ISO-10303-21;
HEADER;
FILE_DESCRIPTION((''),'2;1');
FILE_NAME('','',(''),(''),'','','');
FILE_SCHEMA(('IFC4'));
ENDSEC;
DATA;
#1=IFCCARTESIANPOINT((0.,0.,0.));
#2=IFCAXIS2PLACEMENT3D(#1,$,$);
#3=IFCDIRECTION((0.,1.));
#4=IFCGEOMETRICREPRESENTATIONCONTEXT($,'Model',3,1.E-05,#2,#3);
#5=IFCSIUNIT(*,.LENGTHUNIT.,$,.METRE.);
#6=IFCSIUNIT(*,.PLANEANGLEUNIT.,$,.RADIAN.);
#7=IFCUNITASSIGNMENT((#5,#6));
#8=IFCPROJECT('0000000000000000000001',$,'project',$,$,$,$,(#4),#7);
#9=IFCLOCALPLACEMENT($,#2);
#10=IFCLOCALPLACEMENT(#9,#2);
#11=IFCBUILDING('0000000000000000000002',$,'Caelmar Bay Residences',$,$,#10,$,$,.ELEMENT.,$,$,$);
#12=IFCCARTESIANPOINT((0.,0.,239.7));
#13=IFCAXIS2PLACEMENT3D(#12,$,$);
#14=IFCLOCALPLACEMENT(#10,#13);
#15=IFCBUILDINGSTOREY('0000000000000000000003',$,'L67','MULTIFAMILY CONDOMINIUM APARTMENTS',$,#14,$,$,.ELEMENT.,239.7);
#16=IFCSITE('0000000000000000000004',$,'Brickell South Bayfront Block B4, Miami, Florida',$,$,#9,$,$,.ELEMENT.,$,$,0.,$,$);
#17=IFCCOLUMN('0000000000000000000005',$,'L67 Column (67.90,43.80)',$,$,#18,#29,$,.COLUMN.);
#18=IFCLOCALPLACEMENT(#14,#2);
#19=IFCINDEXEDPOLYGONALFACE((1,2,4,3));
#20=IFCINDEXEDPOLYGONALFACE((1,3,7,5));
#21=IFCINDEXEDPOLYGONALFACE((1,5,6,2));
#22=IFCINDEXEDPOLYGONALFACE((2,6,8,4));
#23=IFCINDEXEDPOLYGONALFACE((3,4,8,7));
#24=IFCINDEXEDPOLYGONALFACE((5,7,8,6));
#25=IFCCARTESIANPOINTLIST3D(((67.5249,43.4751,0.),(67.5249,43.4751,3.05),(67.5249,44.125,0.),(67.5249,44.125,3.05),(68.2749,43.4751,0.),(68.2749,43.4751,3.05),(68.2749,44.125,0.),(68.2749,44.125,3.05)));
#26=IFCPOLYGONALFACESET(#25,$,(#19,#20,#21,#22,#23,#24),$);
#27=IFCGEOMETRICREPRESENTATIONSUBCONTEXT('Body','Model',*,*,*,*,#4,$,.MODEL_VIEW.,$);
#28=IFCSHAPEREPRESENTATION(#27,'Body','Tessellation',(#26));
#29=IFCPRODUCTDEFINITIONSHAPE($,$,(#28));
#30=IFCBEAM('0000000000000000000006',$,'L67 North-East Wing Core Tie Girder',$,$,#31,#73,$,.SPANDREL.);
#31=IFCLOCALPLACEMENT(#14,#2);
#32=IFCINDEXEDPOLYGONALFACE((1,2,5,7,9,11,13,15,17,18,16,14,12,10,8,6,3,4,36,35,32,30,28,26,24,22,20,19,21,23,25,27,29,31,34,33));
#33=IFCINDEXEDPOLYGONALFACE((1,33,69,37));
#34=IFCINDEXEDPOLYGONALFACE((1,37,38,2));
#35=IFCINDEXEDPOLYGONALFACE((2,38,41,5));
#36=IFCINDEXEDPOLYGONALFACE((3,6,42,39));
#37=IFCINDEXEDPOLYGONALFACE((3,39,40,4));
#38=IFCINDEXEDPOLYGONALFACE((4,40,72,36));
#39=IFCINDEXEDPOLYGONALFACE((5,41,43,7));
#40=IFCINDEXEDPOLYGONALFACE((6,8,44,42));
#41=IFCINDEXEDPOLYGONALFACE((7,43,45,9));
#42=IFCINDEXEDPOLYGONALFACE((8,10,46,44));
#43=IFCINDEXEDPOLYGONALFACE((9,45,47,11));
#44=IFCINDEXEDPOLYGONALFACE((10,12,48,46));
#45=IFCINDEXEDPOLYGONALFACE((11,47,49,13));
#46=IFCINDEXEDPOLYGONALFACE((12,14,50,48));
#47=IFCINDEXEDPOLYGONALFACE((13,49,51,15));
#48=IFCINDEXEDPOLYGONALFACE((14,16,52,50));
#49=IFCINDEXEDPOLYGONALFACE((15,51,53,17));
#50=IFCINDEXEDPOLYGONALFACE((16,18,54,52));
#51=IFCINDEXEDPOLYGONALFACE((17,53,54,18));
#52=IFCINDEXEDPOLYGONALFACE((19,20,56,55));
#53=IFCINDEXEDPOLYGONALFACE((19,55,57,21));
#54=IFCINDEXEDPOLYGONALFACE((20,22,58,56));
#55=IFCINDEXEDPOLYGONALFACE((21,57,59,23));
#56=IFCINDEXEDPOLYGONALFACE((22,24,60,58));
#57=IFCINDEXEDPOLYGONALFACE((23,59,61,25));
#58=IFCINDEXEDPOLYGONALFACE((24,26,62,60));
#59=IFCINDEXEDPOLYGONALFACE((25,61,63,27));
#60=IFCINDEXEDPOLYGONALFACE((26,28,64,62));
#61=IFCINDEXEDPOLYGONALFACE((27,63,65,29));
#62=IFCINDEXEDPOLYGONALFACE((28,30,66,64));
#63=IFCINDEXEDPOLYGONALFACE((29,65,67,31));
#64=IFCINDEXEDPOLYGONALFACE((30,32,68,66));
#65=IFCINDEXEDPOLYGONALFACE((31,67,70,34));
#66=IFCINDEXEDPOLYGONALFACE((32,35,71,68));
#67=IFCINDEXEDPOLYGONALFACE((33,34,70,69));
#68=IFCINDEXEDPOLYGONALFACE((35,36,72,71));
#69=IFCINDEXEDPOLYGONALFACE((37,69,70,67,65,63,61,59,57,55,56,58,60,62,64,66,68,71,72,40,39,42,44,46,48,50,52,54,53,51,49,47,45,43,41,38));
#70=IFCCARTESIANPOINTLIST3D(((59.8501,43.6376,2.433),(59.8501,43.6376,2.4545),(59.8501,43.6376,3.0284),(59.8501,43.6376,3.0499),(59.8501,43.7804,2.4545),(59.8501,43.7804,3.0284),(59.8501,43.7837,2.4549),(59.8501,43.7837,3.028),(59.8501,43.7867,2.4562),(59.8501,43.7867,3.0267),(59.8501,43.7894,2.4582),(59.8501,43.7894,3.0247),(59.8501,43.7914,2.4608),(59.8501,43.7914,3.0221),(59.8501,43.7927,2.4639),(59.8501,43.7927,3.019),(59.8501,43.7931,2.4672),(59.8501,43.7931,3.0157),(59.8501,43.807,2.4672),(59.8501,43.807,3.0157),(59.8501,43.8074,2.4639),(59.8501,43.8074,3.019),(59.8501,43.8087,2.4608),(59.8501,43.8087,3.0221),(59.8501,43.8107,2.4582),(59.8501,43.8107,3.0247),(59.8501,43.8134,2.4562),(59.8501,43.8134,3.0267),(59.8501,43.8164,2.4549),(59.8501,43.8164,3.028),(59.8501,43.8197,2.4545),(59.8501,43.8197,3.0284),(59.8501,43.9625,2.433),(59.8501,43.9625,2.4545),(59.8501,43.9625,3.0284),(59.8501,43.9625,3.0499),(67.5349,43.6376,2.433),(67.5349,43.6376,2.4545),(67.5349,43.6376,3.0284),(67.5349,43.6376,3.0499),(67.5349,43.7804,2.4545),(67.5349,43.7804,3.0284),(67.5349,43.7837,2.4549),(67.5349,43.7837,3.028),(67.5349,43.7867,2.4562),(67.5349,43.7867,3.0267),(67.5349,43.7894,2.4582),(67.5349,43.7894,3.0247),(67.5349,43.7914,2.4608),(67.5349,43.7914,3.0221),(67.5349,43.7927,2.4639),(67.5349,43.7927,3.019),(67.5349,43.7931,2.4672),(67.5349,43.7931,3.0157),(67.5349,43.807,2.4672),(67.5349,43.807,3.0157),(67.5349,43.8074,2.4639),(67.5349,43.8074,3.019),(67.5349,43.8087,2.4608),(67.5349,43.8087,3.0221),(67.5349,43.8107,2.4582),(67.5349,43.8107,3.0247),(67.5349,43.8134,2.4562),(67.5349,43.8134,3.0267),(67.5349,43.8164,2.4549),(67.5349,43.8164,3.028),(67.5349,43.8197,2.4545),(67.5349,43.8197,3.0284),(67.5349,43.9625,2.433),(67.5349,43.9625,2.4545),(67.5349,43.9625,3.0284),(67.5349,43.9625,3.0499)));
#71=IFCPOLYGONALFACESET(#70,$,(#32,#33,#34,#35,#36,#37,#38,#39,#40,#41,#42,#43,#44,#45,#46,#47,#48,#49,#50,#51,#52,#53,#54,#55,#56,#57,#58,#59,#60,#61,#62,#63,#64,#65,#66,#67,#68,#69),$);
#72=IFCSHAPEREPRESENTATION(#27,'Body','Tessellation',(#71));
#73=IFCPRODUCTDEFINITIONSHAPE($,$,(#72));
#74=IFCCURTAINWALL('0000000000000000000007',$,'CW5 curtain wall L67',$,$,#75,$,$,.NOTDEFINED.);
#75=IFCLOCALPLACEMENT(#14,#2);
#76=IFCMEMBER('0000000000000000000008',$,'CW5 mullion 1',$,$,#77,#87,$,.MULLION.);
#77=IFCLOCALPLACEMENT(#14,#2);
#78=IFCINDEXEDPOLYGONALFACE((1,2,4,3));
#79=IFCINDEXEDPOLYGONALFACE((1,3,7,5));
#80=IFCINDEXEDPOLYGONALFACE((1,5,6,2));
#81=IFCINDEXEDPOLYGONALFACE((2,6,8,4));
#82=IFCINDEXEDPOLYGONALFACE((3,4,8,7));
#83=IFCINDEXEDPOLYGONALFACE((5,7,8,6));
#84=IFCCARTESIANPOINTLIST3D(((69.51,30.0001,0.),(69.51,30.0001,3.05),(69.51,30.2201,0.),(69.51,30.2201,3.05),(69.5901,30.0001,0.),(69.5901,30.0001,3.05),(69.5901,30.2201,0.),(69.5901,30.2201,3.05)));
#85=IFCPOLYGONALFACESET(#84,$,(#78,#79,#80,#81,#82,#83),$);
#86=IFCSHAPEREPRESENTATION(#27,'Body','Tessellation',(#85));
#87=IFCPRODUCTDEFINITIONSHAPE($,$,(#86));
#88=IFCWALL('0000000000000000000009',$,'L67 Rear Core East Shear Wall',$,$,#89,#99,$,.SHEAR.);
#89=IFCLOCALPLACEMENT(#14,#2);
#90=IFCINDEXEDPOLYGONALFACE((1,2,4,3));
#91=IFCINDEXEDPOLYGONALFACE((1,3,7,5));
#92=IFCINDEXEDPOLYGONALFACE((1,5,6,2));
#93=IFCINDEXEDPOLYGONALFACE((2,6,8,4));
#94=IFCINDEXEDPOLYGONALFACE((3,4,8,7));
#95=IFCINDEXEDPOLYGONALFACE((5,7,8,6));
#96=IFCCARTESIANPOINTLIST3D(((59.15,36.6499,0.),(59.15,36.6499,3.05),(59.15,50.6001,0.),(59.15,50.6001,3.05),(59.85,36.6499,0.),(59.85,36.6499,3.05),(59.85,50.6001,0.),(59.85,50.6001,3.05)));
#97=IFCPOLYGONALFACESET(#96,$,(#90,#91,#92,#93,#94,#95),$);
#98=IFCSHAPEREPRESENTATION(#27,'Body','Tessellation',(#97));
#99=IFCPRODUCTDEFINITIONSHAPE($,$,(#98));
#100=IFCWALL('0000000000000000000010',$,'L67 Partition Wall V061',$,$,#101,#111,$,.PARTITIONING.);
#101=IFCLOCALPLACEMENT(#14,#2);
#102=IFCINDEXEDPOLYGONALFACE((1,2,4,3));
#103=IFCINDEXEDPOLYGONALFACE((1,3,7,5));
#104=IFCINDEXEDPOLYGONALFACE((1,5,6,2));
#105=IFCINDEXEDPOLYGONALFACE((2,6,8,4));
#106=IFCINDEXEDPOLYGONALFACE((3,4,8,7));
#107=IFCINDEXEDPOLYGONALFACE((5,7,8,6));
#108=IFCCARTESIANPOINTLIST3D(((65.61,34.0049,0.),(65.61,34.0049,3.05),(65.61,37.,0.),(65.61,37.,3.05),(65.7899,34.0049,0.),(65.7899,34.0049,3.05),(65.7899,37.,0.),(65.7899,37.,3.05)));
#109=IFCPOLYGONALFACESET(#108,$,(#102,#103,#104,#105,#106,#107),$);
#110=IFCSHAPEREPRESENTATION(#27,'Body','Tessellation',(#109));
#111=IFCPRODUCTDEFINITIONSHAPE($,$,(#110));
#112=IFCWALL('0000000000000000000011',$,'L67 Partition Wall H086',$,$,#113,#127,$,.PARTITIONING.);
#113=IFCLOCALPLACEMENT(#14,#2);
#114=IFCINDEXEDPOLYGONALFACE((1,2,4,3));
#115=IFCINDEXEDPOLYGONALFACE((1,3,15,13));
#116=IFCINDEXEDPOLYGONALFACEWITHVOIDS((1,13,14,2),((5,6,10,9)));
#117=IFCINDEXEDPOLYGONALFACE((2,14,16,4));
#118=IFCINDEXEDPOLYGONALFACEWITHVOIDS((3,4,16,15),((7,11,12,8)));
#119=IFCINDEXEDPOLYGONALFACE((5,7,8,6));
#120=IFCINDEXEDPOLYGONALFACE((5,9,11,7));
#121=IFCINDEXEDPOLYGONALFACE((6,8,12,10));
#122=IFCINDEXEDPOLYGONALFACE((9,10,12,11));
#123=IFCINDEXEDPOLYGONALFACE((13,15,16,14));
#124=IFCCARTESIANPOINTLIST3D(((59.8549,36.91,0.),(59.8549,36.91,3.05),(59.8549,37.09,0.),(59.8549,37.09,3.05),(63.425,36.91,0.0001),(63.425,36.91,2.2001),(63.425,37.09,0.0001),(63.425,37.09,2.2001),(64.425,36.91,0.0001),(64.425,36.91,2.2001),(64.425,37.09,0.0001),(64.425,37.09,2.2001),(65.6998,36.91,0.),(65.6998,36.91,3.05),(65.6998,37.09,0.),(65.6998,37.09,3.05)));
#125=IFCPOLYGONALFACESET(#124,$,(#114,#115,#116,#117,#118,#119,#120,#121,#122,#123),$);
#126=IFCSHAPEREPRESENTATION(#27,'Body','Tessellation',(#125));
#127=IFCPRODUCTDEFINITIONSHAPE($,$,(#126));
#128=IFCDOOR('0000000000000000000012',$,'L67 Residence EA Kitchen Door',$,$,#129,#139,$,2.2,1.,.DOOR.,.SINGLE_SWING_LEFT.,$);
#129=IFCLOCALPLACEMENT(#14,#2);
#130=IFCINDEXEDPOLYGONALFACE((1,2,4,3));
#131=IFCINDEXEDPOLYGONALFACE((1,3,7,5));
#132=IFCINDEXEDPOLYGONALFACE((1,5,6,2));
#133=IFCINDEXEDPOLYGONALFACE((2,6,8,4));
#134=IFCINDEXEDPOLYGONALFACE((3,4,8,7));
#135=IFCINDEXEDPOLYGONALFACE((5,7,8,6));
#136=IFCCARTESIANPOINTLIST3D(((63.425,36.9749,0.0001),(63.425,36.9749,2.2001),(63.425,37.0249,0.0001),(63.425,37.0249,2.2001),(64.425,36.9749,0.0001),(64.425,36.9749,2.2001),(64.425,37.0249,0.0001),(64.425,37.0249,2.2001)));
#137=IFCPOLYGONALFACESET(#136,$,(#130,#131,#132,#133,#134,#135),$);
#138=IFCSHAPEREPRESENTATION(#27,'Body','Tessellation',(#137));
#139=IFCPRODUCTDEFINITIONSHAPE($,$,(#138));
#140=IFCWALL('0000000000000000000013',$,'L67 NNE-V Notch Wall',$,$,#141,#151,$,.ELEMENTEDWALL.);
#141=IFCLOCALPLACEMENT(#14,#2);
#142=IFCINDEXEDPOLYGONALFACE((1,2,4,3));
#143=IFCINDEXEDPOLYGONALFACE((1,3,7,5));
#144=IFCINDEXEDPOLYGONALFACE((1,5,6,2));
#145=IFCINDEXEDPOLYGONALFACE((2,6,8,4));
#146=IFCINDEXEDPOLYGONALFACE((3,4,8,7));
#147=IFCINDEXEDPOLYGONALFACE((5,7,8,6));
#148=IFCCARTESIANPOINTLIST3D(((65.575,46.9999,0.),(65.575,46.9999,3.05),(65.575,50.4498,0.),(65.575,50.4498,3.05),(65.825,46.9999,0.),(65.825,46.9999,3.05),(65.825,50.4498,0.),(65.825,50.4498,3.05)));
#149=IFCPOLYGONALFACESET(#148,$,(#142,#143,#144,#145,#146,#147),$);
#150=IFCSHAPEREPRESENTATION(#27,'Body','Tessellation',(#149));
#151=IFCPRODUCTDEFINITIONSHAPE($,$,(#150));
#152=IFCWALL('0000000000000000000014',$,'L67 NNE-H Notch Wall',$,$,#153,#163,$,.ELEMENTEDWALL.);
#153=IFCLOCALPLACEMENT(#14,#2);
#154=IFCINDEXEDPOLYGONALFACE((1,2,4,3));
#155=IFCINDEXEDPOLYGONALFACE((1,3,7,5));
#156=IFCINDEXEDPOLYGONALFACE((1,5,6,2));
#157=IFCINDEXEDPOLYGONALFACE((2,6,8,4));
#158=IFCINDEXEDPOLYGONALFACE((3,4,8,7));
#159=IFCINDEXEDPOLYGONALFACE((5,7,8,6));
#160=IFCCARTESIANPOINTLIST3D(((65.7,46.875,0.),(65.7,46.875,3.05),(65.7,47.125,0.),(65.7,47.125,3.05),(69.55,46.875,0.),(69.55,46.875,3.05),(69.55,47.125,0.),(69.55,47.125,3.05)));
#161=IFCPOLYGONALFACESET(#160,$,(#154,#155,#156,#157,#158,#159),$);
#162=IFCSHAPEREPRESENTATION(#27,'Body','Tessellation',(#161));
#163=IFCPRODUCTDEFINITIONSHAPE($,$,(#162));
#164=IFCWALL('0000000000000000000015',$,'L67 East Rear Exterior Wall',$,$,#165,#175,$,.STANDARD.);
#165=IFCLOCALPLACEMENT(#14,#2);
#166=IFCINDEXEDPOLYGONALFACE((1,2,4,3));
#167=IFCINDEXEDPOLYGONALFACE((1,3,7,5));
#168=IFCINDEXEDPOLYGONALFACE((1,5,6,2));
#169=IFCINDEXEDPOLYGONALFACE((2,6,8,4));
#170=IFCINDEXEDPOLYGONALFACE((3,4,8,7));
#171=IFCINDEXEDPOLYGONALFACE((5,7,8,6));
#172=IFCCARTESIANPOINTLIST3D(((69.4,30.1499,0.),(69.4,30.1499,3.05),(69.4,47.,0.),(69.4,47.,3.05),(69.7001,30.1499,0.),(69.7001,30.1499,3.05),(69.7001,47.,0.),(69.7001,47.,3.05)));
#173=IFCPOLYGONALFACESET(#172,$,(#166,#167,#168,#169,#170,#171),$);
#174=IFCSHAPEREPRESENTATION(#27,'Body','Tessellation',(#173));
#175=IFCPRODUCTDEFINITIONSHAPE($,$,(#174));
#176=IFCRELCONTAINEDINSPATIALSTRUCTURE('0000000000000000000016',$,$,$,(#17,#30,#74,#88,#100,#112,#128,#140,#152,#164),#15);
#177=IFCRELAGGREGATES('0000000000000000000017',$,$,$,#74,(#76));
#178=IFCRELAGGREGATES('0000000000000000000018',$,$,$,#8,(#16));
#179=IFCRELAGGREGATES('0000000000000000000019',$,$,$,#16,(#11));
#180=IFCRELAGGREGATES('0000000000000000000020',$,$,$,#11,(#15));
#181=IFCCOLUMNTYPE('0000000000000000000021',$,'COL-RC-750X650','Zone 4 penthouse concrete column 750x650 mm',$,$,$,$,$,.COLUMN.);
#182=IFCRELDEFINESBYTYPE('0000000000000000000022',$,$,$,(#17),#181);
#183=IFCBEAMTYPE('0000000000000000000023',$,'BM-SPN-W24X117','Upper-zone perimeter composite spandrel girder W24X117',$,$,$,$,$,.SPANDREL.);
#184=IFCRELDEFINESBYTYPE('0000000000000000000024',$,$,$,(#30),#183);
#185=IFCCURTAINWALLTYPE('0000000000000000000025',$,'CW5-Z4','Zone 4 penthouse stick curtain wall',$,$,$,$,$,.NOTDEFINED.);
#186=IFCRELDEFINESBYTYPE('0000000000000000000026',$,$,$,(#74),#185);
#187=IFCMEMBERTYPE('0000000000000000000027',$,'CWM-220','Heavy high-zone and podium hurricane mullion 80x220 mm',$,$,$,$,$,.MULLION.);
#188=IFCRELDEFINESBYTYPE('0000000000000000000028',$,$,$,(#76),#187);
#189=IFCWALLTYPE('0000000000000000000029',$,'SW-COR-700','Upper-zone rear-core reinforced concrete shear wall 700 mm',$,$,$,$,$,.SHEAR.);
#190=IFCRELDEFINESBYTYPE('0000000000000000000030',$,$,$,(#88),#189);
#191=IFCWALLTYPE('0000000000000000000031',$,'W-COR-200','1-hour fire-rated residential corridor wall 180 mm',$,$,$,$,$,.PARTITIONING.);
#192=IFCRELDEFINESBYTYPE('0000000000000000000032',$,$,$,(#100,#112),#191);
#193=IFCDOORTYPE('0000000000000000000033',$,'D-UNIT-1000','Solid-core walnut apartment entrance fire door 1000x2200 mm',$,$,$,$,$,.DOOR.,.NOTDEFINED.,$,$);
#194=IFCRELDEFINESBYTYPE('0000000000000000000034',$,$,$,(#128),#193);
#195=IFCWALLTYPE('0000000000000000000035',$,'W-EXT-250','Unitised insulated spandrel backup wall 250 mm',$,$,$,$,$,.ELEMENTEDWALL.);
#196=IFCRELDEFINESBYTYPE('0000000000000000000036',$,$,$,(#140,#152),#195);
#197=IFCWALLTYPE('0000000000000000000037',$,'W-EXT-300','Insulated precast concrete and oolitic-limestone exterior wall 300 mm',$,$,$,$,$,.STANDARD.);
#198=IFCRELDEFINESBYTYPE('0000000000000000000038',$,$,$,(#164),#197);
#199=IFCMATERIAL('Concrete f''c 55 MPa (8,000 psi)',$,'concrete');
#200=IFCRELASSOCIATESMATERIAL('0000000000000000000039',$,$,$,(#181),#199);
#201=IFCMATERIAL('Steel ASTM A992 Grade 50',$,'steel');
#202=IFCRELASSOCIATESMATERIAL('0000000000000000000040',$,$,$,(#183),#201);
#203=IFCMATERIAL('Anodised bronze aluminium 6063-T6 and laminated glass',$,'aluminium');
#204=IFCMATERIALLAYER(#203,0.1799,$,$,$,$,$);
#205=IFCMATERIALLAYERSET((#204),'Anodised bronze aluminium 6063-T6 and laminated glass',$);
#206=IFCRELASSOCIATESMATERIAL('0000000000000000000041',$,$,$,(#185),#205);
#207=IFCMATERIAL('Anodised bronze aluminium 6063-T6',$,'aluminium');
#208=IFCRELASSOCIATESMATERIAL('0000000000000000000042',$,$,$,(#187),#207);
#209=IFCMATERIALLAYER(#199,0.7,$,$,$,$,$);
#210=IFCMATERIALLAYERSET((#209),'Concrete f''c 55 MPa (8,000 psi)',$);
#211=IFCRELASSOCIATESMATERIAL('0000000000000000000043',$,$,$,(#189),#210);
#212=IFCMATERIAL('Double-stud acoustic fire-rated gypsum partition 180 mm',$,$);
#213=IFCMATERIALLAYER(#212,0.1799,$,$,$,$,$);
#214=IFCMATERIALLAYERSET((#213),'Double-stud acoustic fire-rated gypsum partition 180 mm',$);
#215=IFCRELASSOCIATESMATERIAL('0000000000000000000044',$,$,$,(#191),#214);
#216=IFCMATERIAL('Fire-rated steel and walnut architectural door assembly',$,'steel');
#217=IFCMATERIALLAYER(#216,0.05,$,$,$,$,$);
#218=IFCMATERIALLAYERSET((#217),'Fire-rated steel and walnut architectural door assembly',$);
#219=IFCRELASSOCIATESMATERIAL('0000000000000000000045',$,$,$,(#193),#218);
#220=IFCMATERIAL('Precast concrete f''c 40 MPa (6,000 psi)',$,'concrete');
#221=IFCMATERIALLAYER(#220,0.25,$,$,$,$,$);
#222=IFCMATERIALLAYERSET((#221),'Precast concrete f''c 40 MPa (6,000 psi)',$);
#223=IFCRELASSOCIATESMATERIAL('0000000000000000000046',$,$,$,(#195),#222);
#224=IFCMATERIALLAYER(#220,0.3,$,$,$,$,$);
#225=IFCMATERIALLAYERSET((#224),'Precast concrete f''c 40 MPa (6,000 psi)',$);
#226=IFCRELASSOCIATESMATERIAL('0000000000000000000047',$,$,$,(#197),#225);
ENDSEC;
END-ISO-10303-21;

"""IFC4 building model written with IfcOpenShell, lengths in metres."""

from ifc_helpers import new_model, si_unit, direction, frame, frame_2d, origin, origin_2d, place, context, subcontext, project, spatial, rectangle, i_section, extrude, material, layer, layer_set, material_profile, profile_set, type_object, element, fill, aggregate, save


model = new_model("IFC4")

# Units and contexts
model_context = context("Model", 3, precision=1e-05, world=origin(), true_north=direction((0.0, 1.0)))
body_context = subcontext(model_context, "Body", "Model", "MODEL_VIEW")
ifc_project = project(units=[si_unit("LENGTHUNIT", "METRE"), si_unit("PLANEANGLEUNIT", "RADIAN")], contexts=[model_context])

# Site, building, storey
site_placement = place(None, origin())
site = spatial("IfcSite", under=ifc_project, at=site_placement, Name="Brickell South Bayfront Block B4, Miami, Florida", CompositionType="ELEMENT", RefElevation=0.0)
building_placement = place(site_placement, origin())
building = spatial("IfcBuilding", under=site, at=building_placement, Name="Caelmar Bay Residences", CompositionType="ELEMENT")
storey_placement = place(building_placement, frame((0.0, 0.0, 239.7)))
storey = spatial("IfcBuildingStorey", under=building, at=storey_placement, Name="L67", Description="MULTIFAMILY CONDOMINIUM APARTMENTS", CompositionType="ELEMENT", Elevation=239.7)

# Column
ifc_material_1 = material(Name="Concrete f'c 55 MPa (8,000 psi)", Category="concrete")
ifc_material_profile_1 = material_profile(ifc_material_1, rectangle(XDim=0.75, YDim=0.6499, at=origin_2d()), Name="RC-COL-750X650")
ifc_profile_set_1 = profile_set([ifc_material_profile_1], Name="Concrete f'c 55 MPa (8,000 psi)")
column_type = type_object("IfcColumnType", Name="COL-RC-750X650", Description="Zone 4 penthouse concrete column 750x650 mm", PredefinedType="COLUMN", material=ifc_profile_set_1)
column_placement = place(storey_placement, frame((67.8999, 43.8, 0.0), z_axis=(0.0, 0.0, 1.0), x_axis=(1.0, 0.0, 0.0)))
element("IfcColumn", 1, at=column_placement, inside=storey, type_object=column_type, Name="L67 Column (67.90,43.80)", PredefinedType="COLUMN", context=body_context, shape_type="SweptSolid", body=[
    extrude(rectangle(XDim=0.75, YDim=0.6499, at=origin_2d()), origin(), (0.0, 0.0, 1.0), 3.05),
])

# Beam
ifc_material_2 = material(Name="Steel ASTM A992 Grade 50", Category="steel")
ifc_material_profile_2 = material_profile(ifc_material_2, i_section(OverallWidth=0.325, OverallDepth=0.6169, WebThickness=0.0139, FlangeThickness=0.0215, FilletRadius=0.0127, at=origin_2d()), Name="W24X117")
ifc_profile_set_2 = profile_set([ifc_material_profile_2], Name="Steel ASTM A992 Grade 50")
beam_type = type_object("IfcBeamType", Name="BM-SPN-W24X117", Description="Upper-zone perimeter composite spandrel girder W24X117", PredefinedType="SPANDREL", material=ifc_profile_set_2)
beam_placement = place(storey_placement, frame((59.8501, 43.8, 2.7415), z_axis=(1.0, 0.0, 0.0), x_axis=(0.0, 1.0, 0.0)))
element("IfcBeam", 2, at=beam_placement, inside=storey, type_object=beam_type, Name="L67 North-East Wing Core Tie Girder", PredefinedType="SPANDREL", context=body_context, shape_type="SweptSolid", body=[
    extrude(i_section(OverallWidth=0.325, OverallDepth=0.6169, WebThickness=0.0139, FlangeThickness=0.0215, FilletRadius=0.0127, at=origin_2d()), origin(), (0.0, 0.0, 1.0), 7.6848),
])

# Curtain wall, member
ifc_material_3 = material(Name="Anodised bronze aluminium 6063-T6 and laminated glass", Category="aluminium")
ifc_layer_1 = layer(ifc_material_3, 0.1799)
ifc_layer_set_1 = layer_set([ifc_layer_1], Name="Anodised bronze aluminium 6063-T6 and laminated glass")
curtain_wall_type = type_object("IfcCurtainWallType", Name="CW5-Z4", Description="Zone 4 penthouse stick curtain wall", PredefinedType="NOTDEFINED", material=ifc_layer_set_1)
curtain_wall_placement = place(storey_placement, origin())
curtain_wall = element("IfcCurtainWall", 3, at=curtain_wall_placement, inside=storey, type_object=curtain_wall_type, Name="CW5 curtain wall L67", PredefinedType="NOTDEFINED")
ifc_material_4 = material(Name="Anodised bronze aluminium 6063-T6", Category="aluminium")
ifc_material_profile_3 = material_profile(ifc_material_4, rectangle(XDim=0.0801, YDim=0.22, at=origin_2d()), Name="CWM-80X220")
ifc_profile_set_3 = profile_set([ifc_material_profile_3], Name="Anodised bronze aluminium 6063-T6")
member_type = type_object("IfcMemberType", Name="CWM-220", Description="Heavy high-zone and podium hurricane mullion 80x220 mm", PredefinedType="MULLION", material=ifc_profile_set_3)
member_placement = place(storey_placement, frame((69.55, 30.1101, 0.0), z_axis=(0.0, 0.0, 1.0), x_axis=(1.0, 0.0, 0.0)))
member = element("IfcMember", 4, at=member_placement, type_object=member_type, Name="CW5 mullion 1", PredefinedType="MULLION", context=body_context, shape_type="SweptSolid", body=[
    extrude(rectangle(XDim=0.0801, YDim=0.22, at=origin_2d()), origin(), (0.0, 0.0, 1.0), 3.05),
])
aggregate(curtain_wall, [member])

# Walls
ifc_layer_2 = layer(ifc_material_1, 0.7)
ifc_layer_set_2 = layer_set([ifc_layer_2], Name="Concrete f'c 55 MPa (8,000 psi)")
wall_type_1 = type_object("IfcWallType", Name="SW-COR-700", Description="Upper-zone rear-core reinforced concrete shear wall 700 mm", PredefinedType="SHEAR", material=ifc_layer_set_2)
wall_1_placement = place(storey_placement, frame((59.5, 36.6499, 0.0), z_axis=(0.0, 0.0, 1.0), x_axis=(0.0, 1.0, 0.0)))
element("IfcWall", 5, at=wall_1_placement, inside=storey, type_object=wall_type_1, Name="L67 Rear Core East Shear Wall", PredefinedType="SHEAR", context=body_context, shape_type="SweptSolid", body=[
    extrude(rectangle(XDim=13.9502, YDim=0.7, at=frame_2d((6.9751, 0.0))), origin(), (0.0, 0.0, 1.0), 3.05),
])
ifc_material_5 = material(Name="Double-stud acoustic fire-rated gypsum partition 180 mm")
ifc_layer_3 = layer(ifc_material_5, 0.1799)
ifc_layer_set_3 = layer_set([ifc_layer_3], Name="Double-stud acoustic fire-rated gypsum partition 180 mm")
wall_type_2 = type_object("IfcWallType", Name="W-COR-200", Description="1-hour fire-rated residential corridor wall 180 mm", PredefinedType="PARTITIONING", material=ifc_layer_set_3)
wall_2_placement = place(storey_placement, frame((65.7, 34.0049, 0.0), z_axis=(0.0, 0.0, 1.0), x_axis=(0.0, 1.0, 0.0)))
element("IfcWall", 6, at=wall_2_placement, inside=storey, type_object=wall_type_2, Name="L67 Partition Wall V061", PredefinedType="PARTITIONING", context=body_context, shape_type="SweptSolid", body=[
    extrude(rectangle(XDim=2.9951, YDim=0.1799, at=frame_2d((1.4976, 0.0))), origin(), (0.0, 0.0, 1.0), 3.05),
])

# Wall, opening, door
wall_3_placement = place(storey_placement, frame((59.855, 37.0, 0.0), z_axis=(0.0, 0.0, 1.0), x_axis=(1.0, 0.0, 0.0)))
wall_3 = element("IfcWall", 7, at=wall_3_placement, inside=storey, type_object=wall_type_2, Name="L67 Partition Wall H086", PredefinedType="PARTITIONING", context=body_context, shape_type="SweptSolid", body=[
    extrude(rectangle(XDim=5.845, YDim=0.1799, at=frame_2d((2.9224, 0.0))), origin(), (0.0, 0.0, 1.0), 3.05),
])
opening_1_placement = place(wall_3_placement, frame((3.5701, 0.0, 0.0)))
opening_1 = element("IfcOpeningElement", 8, at=opening_1_placement, cuts=wall_3, PredefinedType="OPENING", context=body_context, shape_type="SweptSolid", body=[
    extrude(rectangle(XDim=1.0, YDim=2.2, at=frame_2d((0.5, 1.1001))), frame((0.0, 0.0999, 0.0), z_axis=(0.0, -1.0, 0.0), x_axis=(1.0, 0.0, 0.0)), (0.0, 0.0, 1.0), 0.2),
])
ifc_material_6 = material(Name="Fire-rated steel and walnut architectural door assembly", Category="steel")
ifc_layer_4 = layer(ifc_material_6, 0.05)
ifc_layer_set_4 = layer_set([ifc_layer_4], Name="Fire-rated steel and walnut architectural door assembly")
door_type_1 = type_object("IfcDoorType", Name="D-UNIT-1000", Description="Solid-core walnut apartment entrance fire door 1000x2200 mm", OperationType="NOTDEFINED", PredefinedType="DOOR", material=ifc_layer_set_4)
door_1_placement = place(opening_1_placement, origin())
door_1 = element("IfcDoor", 9, at=door_1_placement, inside=storey, type_object=door_type_1, Name="L67 Residence EA Kitchen Door", OperationType="SINGLE_SWING_LEFT", OverallHeight=2.2, OverallWidth=1.0, PredefinedType="DOOR", context=body_context, shape_type="SweptSolid", body=[
    extrude(rectangle(XDim=1.0, YDim=2.2, at=frame_2d((0.5, 1.1001))), frame((0.0, 0.0249, 0.0), z_axis=(0.0, -1.0, 0.0), x_axis=(1.0, 0.0, 0.0)), (0.0, 0.0, 1.0), 0.05),
])
fill(opening_1, door_1)

# Walls
ifc_material_7 = material(Name="Precast concrete f'c 40 MPa (6,000 psi)", Category="concrete")
ifc_layer_5 = layer(ifc_material_7, 0.25)
ifc_layer_set_5 = layer_set([ifc_layer_5], Name="Precast concrete f'c 40 MPa (6,000 psi)")
wall_type_3 = type_object("IfcWallType", Name="W-EXT-250", Description="Unitised insulated spandrel backup wall 250 mm", PredefinedType="ELEMENTEDWALL", material=ifc_layer_set_5)
wall_4_placement = place(storey_placement, frame((65.7, 50.45, 0.0), z_axis=(0.0, 0.0, 1.0), x_axis=(0.0, -1.0, 0.0)))
element("IfcWall", 10, at=wall_4_placement, inside=storey, type_object=wall_type_3, Name="L67 NNE-V Notch Wall", PredefinedType="ELEMENTEDWALL", context=body_context, shape_type="SweptSolid", body=[
    extrude(rectangle(XDim=3.45, YDim=0.25, at=frame_2d((1.7251, 0.0))), origin(), (0.0, 0.0, 1.0), 3.05),
])
wall_5_placement = place(storey_placement, frame((65.7, 47.0, 0.0), z_axis=(0.0, 0.0, 1.0), x_axis=(1.0, 0.0, 0.0)))
element("IfcWall", 11, at=wall_5_placement, inside=storey, type_object=wall_type_3, Name="L67 NNE-H Notch Wall", PredefinedType="ELEMENTEDWALL", context=body_context, shape_type="SweptSolid", body=[
    extrude(rectangle(XDim=3.8501, YDim=0.25, at=frame_2d((1.925, 0.0))), origin(), (0.0, 0.0, 1.0), 3.05),
])
ifc_layer_6 = layer(ifc_material_7, 0.3)
ifc_layer_set_6 = layer_set([ifc_layer_6], Name="Precast concrete f'c 40 MPa (6,000 psi)")
wall_type_4 = type_object("IfcWallType", Name="W-EXT-300", Description="Insulated precast concrete and oolitic-limestone exterior wall 300 mm", PredefinedType="STANDARD", material=ifc_layer_set_6)
wall_6_placement = place(storey_placement, frame((69.55, 47.0, 0.0), z_axis=(0.0, 0.0, 1.0), x_axis=(0.0, -1.0, 0.0)))
element("IfcWall", 12, at=wall_6_placement, inside=storey, type_object=wall_type_4, Name="L67 East Rear Exterior Wall", PredefinedType="STANDARD", context=body_context, shape_type="SweptSolid", body=[
    extrude(rectangle(XDim=16.8501, YDim=0.3, at=frame_2d((8.425, 0.0))), origin(), (0.0, 0.0, 1.0), 3.05),
])

save(model, "model.ifc")
